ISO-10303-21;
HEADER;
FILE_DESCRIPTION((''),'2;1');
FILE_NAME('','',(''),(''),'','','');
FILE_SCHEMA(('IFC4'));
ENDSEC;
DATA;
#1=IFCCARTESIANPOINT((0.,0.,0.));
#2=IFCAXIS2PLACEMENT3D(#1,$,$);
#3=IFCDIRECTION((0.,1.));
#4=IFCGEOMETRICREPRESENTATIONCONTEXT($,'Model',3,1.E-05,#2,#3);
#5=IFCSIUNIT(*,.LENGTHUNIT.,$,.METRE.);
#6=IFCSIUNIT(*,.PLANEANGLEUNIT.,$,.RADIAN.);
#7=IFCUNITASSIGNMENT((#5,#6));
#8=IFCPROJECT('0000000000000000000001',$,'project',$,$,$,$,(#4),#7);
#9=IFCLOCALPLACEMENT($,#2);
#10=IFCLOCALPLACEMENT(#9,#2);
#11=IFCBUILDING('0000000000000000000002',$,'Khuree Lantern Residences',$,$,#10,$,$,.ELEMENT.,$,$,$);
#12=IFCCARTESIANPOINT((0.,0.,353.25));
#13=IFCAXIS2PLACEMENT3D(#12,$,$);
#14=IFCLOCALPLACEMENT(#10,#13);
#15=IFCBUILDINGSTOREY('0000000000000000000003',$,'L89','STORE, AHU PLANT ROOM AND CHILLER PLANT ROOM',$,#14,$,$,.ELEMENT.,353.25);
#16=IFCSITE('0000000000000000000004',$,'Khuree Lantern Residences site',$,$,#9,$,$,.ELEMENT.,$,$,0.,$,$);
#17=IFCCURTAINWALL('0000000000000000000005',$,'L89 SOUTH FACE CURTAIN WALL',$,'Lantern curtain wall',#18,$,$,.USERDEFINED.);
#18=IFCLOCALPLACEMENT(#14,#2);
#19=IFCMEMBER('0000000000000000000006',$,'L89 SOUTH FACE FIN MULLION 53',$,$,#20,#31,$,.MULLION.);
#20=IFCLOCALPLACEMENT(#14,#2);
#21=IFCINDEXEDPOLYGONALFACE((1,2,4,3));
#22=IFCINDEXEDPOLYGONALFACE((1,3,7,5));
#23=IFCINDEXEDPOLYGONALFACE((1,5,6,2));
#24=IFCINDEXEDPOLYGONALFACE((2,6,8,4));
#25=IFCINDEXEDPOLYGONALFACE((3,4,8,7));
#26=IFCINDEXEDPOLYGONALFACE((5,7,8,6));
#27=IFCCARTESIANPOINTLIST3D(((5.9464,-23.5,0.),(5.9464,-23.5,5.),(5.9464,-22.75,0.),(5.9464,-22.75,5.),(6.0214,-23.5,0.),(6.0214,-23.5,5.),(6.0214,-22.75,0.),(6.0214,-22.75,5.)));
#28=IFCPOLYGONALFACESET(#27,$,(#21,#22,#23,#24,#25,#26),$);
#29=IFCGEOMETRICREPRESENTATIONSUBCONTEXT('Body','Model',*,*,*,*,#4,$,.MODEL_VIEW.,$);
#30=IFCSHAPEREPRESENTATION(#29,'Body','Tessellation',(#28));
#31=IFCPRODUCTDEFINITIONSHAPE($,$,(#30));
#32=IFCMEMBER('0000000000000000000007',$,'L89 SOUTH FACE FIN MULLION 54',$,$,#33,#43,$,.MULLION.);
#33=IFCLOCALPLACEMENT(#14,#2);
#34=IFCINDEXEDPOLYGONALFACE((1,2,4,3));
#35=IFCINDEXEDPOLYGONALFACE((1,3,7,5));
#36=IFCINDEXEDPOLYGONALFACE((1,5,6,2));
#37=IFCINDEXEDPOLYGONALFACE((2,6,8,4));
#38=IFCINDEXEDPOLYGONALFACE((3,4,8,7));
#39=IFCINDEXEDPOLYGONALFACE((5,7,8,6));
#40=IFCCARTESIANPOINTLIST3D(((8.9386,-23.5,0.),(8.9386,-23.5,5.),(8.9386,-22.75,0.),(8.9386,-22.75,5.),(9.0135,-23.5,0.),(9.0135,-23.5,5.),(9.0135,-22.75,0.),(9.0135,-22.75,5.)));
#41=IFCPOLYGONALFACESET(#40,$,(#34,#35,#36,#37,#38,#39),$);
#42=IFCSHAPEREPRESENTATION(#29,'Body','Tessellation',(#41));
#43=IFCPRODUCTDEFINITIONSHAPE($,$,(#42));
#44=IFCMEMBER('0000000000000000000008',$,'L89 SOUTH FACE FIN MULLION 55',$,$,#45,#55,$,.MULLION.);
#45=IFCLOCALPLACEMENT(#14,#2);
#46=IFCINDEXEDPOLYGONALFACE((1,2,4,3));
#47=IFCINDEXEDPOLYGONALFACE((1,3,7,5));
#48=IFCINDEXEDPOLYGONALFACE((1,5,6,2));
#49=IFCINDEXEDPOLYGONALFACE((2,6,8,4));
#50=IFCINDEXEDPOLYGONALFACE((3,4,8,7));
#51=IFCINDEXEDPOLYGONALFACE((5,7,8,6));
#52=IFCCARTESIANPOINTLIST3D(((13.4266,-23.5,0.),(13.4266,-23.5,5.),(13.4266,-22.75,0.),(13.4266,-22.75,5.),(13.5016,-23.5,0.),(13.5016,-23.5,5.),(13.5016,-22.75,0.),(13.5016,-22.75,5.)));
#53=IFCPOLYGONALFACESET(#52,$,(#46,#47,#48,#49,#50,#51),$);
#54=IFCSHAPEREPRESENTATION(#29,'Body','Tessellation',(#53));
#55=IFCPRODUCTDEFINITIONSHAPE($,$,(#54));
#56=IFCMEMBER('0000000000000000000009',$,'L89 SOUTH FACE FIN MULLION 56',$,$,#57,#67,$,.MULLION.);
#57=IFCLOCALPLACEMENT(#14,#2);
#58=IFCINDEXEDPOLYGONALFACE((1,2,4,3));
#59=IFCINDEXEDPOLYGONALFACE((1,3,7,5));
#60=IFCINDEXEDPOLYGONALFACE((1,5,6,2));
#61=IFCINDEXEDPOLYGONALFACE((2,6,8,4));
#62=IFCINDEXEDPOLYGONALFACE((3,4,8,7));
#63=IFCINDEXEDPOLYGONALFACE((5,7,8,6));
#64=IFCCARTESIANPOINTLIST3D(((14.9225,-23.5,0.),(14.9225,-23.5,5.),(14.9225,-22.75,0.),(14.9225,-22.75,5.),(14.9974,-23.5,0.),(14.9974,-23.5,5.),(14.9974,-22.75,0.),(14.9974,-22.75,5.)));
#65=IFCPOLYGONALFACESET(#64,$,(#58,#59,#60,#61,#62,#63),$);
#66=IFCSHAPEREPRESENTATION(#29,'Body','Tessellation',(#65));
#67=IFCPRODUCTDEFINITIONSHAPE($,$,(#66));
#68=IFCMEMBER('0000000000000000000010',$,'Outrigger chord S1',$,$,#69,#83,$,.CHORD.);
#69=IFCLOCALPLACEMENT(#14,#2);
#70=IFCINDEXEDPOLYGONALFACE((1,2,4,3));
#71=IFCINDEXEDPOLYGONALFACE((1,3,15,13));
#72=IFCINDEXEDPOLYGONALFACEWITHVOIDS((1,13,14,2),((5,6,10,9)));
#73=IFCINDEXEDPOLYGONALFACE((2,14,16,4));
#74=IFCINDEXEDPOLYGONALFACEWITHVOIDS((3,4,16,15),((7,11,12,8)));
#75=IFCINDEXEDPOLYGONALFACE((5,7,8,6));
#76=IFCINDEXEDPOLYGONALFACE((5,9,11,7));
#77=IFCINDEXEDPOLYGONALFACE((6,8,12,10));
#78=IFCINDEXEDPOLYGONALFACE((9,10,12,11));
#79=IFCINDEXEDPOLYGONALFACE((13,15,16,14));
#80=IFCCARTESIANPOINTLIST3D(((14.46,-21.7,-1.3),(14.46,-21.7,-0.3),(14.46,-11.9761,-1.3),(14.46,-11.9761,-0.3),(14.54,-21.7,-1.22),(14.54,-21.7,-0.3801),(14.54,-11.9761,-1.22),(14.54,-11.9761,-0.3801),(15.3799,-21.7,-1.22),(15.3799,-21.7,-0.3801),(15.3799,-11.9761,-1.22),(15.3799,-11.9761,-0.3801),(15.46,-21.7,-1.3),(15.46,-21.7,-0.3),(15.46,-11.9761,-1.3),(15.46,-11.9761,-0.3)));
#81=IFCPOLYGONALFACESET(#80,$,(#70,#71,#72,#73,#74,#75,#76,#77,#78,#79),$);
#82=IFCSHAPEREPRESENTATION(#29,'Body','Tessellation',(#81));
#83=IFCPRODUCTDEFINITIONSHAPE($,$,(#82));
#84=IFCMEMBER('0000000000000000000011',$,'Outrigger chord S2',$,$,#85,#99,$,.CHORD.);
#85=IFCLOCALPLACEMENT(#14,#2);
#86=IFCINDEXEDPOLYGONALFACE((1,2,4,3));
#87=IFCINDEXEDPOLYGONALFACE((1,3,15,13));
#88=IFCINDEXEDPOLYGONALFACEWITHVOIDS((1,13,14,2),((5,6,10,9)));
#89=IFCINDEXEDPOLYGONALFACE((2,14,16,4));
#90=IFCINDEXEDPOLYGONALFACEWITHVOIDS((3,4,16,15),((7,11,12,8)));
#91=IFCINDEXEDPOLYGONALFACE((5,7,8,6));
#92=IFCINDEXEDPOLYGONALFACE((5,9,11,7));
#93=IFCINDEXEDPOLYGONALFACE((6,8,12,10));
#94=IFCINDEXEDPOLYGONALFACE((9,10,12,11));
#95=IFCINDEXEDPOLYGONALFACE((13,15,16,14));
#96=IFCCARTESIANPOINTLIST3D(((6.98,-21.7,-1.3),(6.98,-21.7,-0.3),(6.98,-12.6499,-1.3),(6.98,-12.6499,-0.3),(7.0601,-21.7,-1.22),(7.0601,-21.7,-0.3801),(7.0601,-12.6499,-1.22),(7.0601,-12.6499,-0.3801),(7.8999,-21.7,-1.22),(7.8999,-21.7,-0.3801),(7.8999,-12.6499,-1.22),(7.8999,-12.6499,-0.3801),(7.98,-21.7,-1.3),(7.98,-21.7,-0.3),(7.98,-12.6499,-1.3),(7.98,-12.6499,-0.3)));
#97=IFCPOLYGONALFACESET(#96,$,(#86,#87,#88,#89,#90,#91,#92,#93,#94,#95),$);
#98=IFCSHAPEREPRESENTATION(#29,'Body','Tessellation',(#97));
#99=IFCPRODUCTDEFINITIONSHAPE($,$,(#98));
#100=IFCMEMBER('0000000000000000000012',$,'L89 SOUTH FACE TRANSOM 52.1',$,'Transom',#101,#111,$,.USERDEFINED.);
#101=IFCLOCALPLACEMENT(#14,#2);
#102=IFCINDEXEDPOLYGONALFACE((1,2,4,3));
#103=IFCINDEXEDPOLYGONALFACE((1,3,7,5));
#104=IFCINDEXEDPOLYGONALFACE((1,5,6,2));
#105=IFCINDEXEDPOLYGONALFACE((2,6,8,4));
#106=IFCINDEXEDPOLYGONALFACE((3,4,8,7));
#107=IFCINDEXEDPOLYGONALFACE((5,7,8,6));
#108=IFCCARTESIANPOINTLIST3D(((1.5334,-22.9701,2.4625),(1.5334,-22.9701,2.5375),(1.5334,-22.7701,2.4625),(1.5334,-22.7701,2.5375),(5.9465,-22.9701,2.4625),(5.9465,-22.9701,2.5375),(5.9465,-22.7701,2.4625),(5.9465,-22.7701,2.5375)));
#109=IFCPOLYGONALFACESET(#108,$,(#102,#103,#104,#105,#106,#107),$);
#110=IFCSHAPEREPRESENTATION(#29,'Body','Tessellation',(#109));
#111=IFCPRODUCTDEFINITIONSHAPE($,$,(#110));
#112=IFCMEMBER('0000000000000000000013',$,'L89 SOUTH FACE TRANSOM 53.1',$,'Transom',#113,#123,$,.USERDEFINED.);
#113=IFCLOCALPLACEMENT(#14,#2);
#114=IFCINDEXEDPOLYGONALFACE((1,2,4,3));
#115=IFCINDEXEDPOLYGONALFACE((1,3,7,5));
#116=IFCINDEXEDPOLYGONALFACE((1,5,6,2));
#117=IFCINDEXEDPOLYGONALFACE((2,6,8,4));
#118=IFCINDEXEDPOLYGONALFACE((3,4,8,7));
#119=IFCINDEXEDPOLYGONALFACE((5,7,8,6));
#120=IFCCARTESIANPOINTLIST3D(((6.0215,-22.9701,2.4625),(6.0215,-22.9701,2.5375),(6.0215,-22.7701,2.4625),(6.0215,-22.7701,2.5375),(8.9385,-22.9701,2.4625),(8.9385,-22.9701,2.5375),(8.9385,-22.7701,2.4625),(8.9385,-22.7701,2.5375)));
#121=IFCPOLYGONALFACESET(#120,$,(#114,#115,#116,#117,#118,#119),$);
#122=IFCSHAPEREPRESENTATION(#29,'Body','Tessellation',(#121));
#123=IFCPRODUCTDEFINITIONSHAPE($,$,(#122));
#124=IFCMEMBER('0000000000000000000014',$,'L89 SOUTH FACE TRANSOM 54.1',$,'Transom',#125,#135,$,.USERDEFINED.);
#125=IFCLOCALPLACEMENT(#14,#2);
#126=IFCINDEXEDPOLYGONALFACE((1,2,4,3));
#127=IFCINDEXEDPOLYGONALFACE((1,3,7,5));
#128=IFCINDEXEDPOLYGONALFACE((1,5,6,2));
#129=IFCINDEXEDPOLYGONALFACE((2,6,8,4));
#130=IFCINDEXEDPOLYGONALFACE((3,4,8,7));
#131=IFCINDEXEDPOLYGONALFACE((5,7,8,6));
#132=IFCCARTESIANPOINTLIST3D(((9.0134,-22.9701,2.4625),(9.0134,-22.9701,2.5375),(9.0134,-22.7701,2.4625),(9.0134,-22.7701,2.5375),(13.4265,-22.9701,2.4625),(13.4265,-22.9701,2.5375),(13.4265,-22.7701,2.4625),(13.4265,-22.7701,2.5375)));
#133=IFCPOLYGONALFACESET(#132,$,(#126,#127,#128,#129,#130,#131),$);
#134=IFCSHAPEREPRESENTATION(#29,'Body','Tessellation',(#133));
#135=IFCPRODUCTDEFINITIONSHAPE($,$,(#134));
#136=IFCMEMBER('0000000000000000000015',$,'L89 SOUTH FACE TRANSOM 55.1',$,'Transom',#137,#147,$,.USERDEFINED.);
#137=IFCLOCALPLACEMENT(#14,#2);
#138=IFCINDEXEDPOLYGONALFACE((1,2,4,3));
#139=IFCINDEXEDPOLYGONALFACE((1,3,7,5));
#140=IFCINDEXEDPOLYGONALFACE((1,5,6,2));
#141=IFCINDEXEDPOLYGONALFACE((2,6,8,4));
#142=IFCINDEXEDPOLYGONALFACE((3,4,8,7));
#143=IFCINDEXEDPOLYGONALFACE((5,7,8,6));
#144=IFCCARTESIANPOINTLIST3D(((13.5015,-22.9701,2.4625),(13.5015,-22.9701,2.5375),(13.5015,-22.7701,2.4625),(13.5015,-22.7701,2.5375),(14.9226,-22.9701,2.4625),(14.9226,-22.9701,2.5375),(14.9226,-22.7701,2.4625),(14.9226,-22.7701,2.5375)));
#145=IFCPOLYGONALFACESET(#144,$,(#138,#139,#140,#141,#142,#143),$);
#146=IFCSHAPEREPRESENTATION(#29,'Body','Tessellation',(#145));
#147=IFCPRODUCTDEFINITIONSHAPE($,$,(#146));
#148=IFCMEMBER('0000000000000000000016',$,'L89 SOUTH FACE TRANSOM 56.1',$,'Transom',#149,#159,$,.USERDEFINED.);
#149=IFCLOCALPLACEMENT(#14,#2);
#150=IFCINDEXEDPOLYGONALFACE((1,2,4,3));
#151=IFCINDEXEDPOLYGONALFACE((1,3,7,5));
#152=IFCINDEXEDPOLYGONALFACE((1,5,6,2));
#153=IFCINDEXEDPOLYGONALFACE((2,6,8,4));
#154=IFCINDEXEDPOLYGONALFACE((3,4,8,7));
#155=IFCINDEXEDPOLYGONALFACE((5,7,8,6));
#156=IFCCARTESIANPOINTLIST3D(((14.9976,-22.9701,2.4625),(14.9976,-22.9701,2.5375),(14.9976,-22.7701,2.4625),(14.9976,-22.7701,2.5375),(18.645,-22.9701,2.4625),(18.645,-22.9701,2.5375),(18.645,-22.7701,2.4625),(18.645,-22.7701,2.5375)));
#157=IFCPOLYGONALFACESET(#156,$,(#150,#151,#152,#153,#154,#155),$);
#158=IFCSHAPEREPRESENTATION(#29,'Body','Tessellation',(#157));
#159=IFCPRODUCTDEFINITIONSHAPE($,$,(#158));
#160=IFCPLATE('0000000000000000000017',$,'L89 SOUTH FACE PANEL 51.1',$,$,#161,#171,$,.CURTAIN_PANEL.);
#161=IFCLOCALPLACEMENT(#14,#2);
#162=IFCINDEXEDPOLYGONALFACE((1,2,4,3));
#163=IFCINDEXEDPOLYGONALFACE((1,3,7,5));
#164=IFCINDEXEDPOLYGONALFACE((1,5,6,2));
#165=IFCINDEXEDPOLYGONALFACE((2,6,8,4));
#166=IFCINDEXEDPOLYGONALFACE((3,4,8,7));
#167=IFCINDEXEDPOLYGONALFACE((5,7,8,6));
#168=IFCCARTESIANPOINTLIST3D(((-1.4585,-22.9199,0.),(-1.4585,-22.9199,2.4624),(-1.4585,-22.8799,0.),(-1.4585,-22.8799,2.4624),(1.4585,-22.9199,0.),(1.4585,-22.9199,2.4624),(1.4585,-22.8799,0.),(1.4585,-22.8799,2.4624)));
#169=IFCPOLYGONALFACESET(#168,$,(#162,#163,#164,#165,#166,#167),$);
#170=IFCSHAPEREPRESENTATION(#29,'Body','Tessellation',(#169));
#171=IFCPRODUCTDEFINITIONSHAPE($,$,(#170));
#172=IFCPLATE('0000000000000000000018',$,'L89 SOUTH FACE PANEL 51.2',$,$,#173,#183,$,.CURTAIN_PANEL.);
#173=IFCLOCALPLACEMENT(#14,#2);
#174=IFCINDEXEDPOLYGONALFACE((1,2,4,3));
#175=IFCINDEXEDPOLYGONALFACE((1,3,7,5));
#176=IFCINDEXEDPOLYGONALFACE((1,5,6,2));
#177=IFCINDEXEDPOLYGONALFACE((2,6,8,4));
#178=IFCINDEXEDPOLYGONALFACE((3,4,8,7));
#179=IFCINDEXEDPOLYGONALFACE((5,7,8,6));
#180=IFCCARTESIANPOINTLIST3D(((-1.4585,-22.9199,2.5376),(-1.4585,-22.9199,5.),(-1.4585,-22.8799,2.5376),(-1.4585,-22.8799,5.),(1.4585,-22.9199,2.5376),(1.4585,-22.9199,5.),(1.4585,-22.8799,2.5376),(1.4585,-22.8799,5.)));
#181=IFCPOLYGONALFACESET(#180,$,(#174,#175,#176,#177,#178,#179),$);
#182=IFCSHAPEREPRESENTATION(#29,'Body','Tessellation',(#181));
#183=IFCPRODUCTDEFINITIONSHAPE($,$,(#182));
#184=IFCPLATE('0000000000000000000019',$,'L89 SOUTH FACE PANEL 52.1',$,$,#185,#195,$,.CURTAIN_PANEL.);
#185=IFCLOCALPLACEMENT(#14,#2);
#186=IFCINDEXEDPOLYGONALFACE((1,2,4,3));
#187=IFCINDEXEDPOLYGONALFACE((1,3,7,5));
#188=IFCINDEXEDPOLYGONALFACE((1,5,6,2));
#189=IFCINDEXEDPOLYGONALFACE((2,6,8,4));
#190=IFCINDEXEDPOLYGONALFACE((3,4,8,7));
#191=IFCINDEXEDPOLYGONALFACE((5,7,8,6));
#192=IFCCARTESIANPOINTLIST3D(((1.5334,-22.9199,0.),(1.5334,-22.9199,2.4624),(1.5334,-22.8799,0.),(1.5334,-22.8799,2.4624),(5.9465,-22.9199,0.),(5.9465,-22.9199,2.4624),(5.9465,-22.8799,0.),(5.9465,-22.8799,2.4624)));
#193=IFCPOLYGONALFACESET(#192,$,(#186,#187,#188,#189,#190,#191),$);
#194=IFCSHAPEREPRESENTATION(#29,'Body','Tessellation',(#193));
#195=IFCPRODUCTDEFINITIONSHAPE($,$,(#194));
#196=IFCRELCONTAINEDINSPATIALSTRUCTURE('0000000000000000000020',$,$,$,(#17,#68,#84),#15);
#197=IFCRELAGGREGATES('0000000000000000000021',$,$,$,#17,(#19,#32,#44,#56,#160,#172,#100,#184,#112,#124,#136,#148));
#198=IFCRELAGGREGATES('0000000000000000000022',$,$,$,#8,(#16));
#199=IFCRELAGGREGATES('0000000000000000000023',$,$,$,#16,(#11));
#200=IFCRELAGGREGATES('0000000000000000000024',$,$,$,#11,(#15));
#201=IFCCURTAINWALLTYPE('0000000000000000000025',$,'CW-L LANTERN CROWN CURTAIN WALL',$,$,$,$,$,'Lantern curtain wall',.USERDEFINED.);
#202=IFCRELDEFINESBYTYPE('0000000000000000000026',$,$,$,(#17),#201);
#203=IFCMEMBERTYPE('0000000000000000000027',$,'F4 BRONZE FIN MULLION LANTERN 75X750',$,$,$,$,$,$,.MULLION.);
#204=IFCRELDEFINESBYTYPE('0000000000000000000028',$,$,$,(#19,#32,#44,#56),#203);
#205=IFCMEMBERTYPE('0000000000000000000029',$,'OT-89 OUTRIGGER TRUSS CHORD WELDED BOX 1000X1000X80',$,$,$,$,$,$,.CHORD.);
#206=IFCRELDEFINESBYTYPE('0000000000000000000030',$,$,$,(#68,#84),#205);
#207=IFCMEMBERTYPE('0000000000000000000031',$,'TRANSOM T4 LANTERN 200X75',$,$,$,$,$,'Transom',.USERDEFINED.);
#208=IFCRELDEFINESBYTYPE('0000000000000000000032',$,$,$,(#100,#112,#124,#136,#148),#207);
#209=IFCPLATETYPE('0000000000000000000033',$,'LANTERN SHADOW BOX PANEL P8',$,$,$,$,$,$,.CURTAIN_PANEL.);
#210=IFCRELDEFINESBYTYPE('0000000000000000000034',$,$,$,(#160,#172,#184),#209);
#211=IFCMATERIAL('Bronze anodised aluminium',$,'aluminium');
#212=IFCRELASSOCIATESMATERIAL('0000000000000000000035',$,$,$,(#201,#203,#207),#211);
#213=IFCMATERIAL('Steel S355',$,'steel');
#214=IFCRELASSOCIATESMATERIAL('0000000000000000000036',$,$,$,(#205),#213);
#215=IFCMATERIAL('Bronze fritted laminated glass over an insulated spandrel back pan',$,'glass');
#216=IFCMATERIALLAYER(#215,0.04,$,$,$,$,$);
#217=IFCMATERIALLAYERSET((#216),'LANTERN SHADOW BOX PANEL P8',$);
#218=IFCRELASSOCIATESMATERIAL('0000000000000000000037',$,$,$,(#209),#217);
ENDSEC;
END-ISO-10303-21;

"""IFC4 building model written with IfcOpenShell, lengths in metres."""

from ifc_helpers import new_model, si_unit, direction, frame, origin, origin_2d, place, context, subcontext, project, spatial, rectangle, hollow_rectangle, extrude, material, layer, layer_set, material_profile, profile_set, type_object, element, aggregate, save


model = new_model("IFC4")

# Units and contexts
model_context = context("Model", 3, precision=1e-05, world=origin(), true_north=direction((0.0, 1.0)))
body_context = subcontext(model_context, "Body", "Model", "MODEL_VIEW")
ifc_project = project(units=[si_unit("LENGTHUNIT", "METRE"), si_unit("PLANEANGLEUNIT", "RADIAN")], contexts=[model_context])

# Site, building, storey
site_placement = place(None, origin())
site = spatial("IfcSite", under=ifc_project, at=site_placement, Name="Khuree Lantern Residences site", CompositionType="ELEMENT", RefElevation=0.0)
building_placement = place(site_placement, origin())
building = spatial("IfcBuilding", under=site, at=building_placement, Name="Khuree Lantern Residences", CompositionType="ELEMENT")
storey_placement = place(building_placement, frame((0.0, 0.0, 353.25)))
storey = spatial("IfcBuildingStorey", under=building, at=storey_placement, Name="L89", Description="STORE, AHU PLANT ROOM AND CHILLER PLANT ROOM", CompositionType="ELEMENT", Elevation=353.25)

# Shared definitions
ifc_material_1 = material(Name="Steel S355", Category="steel")

# Curtain wall, members
ifc_material_2 = material(Name="Bronze anodised aluminium", Category="aluminium")
curtain_wall_type = type_object("IfcCurtainWallType", Name="CW-L LANTERN CROWN CURTAIN WALL", ElementType="Lantern curtain wall", PredefinedType="USERDEFINED", material=ifc_material_2)
curtain_wall_placement = place(storey_placement, origin())
curtain_wall = element("IfcCurtainWall", 1, at=curtain_wall_placement, inside=storey, type_object=curtain_wall_type, Name="L89 SOUTH FACE CURTAIN WALL", ObjectType="Lantern curtain wall", PredefinedType="USERDEFINED")
ifc_material_profile_1 = material_profile(ifc_material_2, rectangle(XDim=0.075, YDim=0.75, at=origin_2d()), Name="F4 75X750")
ifc_profile_set_1 = profile_set([ifc_material_profile_1], Name="Bronze anodised aluminium")
member_type_1 = type_object("IfcMemberType", Name="F4 BRONZE FIN MULLION LANTERN 75X750", PredefinedType="MULLION", material=ifc_profile_set_1)
member_1_placement = place(storey_placement, frame((5.9839, -23.125, 0.0), z_axis=(0.0, 0.0, 1.0), x_axis=(1.0, 0.0, 0.0)))
member_1 = element("IfcMember", 2, at=member_1_placement, type_object=member_type_1, Name="L89 SOUTH FACE FIN MULLION 53", PredefinedType="MULLION", context=body_context, shape_type="SweptSolid", body=[
    extrude(rectangle(XDim=0.075, YDim=0.75, at=origin_2d()), origin(), (0.0, 0.0, 1.0), 5.0),
])
member_2_placement = place(storey_placement, frame((8.9761, -23.125, 0.0), z_axis=(0.0, 0.0, 1.0), x_axis=(1.0, 0.0, 0.0)))
member_2 = element("IfcMember", 3, at=member_2_placement, type_object=member_type_1, Name="L89 SOUTH FACE FIN MULLION 54", PredefinedType="MULLION", context=body_context, shape_type="SweptSolid", body=[
    extrude(rectangle(XDim=0.075, YDim=0.75, at=origin_2d()), origin(), (0.0, 0.0, 1.0), 5.0),
])
member_3_placement = place(storey_placement, frame((13.4641, -23.125, 0.0), z_axis=(0.0, 0.0, 1.0), x_axis=(1.0, 0.0, 0.0)))
member_3 = element("IfcMember", 4, at=member_3_placement, type_object=member_type_1, Name="L89 SOUTH FACE FIN MULLION 55", PredefinedType="MULLION", context=body_context, shape_type="SweptSolid", body=[
    extrude(rectangle(XDim=0.075, YDim=0.75, at=origin_2d()), origin(), (0.0, 0.0, 1.0), 5.0),
])
member_4_placement = place(storey_placement, frame((14.96, -23.125, 0.0), z_axis=(0.0, 0.0, 1.0), x_axis=(1.0, 0.0, 0.0)))
member_4 = element("IfcMember", 5, at=member_4_placement, type_object=member_type_1, Name="L89 SOUTH FACE FIN MULLION 56", PredefinedType="MULLION", context=body_context, shape_type="SweptSolid", body=[
    extrude(rectangle(XDim=0.075, YDim=0.75, at=origin_2d()), origin(), (0.0, 0.0, 1.0), 5.0),
])

# Members
ifc_material_profile_2 = material_profile(ifc_material_1, hollow_rectangle(XDim=1.0, YDim=1.0, WallThickness=0.0801, at=origin_2d()), Name="WELDED BOX 1000X1000X80")
ifc_profile_set_2 = profile_set([ifc_material_profile_2], Name="Steel S355")
member_type_2 = type_object("IfcMemberType", Name="OT-89 OUTRIGGER TRUSS CHORD WELDED BOX 1000X1000X80", PredefinedType="CHORD", material=ifc_profile_set_2)
member_5_placement = place(storey_placement, frame((14.96, -21.7, -0.8), z_axis=(0.0, 1.0, 0.0), x_axis=(-1.0, 0.0, 0.0)))
element("IfcMember", 6, at=member_5_placement, inside=storey, type_object=member_type_2, Name="Outrigger chord S1", PredefinedType="CHORD", context=body_context, shape_type="SweptSolid", body=[
    extrude(hollow_rectangle(XDim=1.0, YDim=1.0, WallThickness=0.0801, at=origin_2d()), origin(), (0.0, 0.0, 1.0), 9.7239),
])
member_6_placement = place(storey_placement, frame((7.48, -21.7, -0.8), z_axis=(0.0, 1.0, 0.0), x_axis=(-1.0, 0.0, 0.0)))
element("IfcMember", 7, at=member_6_placement, inside=storey, type_object=member_type_2, Name="Outrigger chord S2", PredefinedType="CHORD", context=body_context, shape_type="SweptSolid", body=[
    extrude(hollow_rectangle(XDim=1.0, YDim=1.0, WallThickness=0.0801, at=origin_2d()), origin(), (0.0, 0.0, 1.0), 9.05),
])

# Members
ifc_material_profile_3 = material_profile(ifc_material_2, rectangle(XDim=0.2, YDim=0.075, at=origin_2d()), Name="T4 200X75")
ifc_profile_set_3 = profile_set([ifc_material_profile_3], Name="Bronze anodised aluminium")
member_type_3 = type_object("IfcMemberType", Name="TRANSOM T4 LANTERN 200X75", ElementType="Transom", PredefinedType="USERDEFINED", material=ifc_profile_set_3)
member_7_placement = place(storey_placement, frame((1.5334, -22.8701, 2.5), z_axis=(1.0, 0.0, 0.0), x_axis=(0.0, 1.0, 0.0)))
member_7 = element("IfcMember", 8, at=member_7_placement, type_object=member_type_3, Name="L89 SOUTH FACE TRANSOM 52.1", ObjectType="Transom", PredefinedType="USERDEFINED", context=body_context, shape_type="SweptSolid", body=[
    extrude(rectangle(XDim=0.2, YDim=0.075, at=origin_2d()), origin(), (0.0, 0.0, 1.0), 4.4131),
])
member_8_placement = place(storey_placement, frame((6.0215, -22.8701, 2.5), z_axis=(1.0, 0.0, 0.0), x_axis=(0.0, 1.0, 0.0)))
member_8 = element("IfcMember", 9, at=member_8_placement, type_object=member_type_3, Name="L89 SOUTH FACE TRANSOM 53.1", ObjectType="Transom", PredefinedType="USERDEFINED", context=body_context, shape_type="SweptSolid", body=[
    extrude(rectangle(XDim=0.2, YDim=0.075, at=origin_2d()), origin(), (0.0, 0.0, 1.0), 2.917),
])
member_9_placement = place(storey_placement, frame((9.0134, -22.8701, 2.5), z_axis=(1.0, 0.0, 0.0), x_axis=(0.0, 1.0, 0.0)))
member_9 = element("IfcMember", 10, at=member_9_placement, type_object=member_type_3, Name="L89 SOUTH FACE TRANSOM 54.1", ObjectType="Transom", PredefinedType="USERDEFINED", context=body_context, shape_type="SweptSolid", body=[
    extrude(rectangle(XDim=0.2, YDim=0.075, at=origin_2d()), origin(), (0.0, 0.0, 1.0), 4.4131),
])
member_10_placement = place(storey_placement, frame((13.5015, -22.8701, 2.5), z_axis=(1.0, 0.0, 0.0), x_axis=(0.0, 1.0, 0.0)))
member_10 = element("IfcMember", 11, at=member_10_placement, type_object=member_type_3, Name="L89 SOUTH FACE TRANSOM 55.1", ObjectType="Transom", PredefinedType="USERDEFINED", context=body_context, shape_type="SweptSolid", body=[
    extrude(rectangle(XDim=0.2, YDim=0.075, at=origin_2d()), origin(), (0.0, 0.0, 1.0), 1.4211),
])
member_11_placement = place(storey_placement, frame((14.9976, -22.8701, 2.5), z_axis=(1.0, 0.0, 0.0), x_axis=(0.0, 1.0, 0.0)))
member_11 = element("IfcMember", 12, at=member_11_placement, type_object=member_type_3, Name="L89 SOUTH FACE TRANSOM 56.1", ObjectType="Transom", PredefinedType="USERDEFINED", context=body_context, shape_type="SweptSolid", body=[
    extrude(rectangle(XDim=0.2, YDim=0.075, at=origin_2d()), origin(), (0.0, 0.0, 1.0), 3.6475),
])

# Plates
ifc_material_3 = material(Name="Bronze fritted laminated glass over an insulated spandrel back pan", Category="glass")
ifc_layer = layer(ifc_material_3, 0.04)
ifc_layer_set = layer_set([ifc_layer], Name="LANTERN SHADOW BOX PANEL P8")
plate_type = type_object("IfcPlateType", Name="LANTERN SHADOW BOX PANEL P8", PredefinedType="CURTAIN_PANEL", material=ifc_layer_set)
plate_1_placement = place(storey_placement, frame((0.0, -22.8999, 0.0), z_axis=(0.0, 0.0, 1.0), x_axis=(1.0, 0.0, 0.0)))
plate_1 = element("IfcPlate", 13, at=plate_1_placement, type_object=plate_type, Name="L89 SOUTH FACE PANEL 51.1", PredefinedType="CURTAIN_PANEL", context=body_context, shape_type="SweptSolid", body=[
    extrude(rectangle(XDim=2.917, YDim=0.04, at=origin_2d()), origin(), (0.0, 0.0, 1.0), 2.4624),
])
plate_2_placement = place(storey_placement, frame((0.0, -22.8999, 2.5376), z_axis=(0.0, 0.0, 1.0), x_axis=(1.0, 0.0, 0.0)))
plate_2 = element("IfcPlate", 14, at=plate_2_placement, type_object=plate_type, Name="L89 SOUTH FACE PANEL 51.2", PredefinedType="CURTAIN_PANEL", context=body_context, shape_type="SweptSolid", body=[
    extrude(rectangle(XDim=2.917, YDim=0.04, at=origin_2d()), origin(), (0.0, 0.0, 1.0), 2.4624),
])
plate_3_placement = place(storey_placement, frame((3.74, -22.8999, 0.0), z_axis=(0.0, 0.0, 1.0), x_axis=(1.0, 0.0, 0.0)))
plate_3 = element("IfcPlate", 15, at=plate_3_placement, type_object=plate_type, Name="L89 SOUTH FACE PANEL 52.1", PredefinedType="CURTAIN_PANEL", context=body_context, shape_type="SweptSolid", body=[
    extrude(rectangle(XDim=4.4131, YDim=0.04, at=origin_2d()), origin(), (0.0, 0.0, 1.0), 2.4624),
])
aggregate(curtain_wall, [member_1, member_2, member_3, member_4, plate_1, plate_2, member_7, plate_3, member_8, member_9, member_10, member_11])

save(model, "model.ifc")
